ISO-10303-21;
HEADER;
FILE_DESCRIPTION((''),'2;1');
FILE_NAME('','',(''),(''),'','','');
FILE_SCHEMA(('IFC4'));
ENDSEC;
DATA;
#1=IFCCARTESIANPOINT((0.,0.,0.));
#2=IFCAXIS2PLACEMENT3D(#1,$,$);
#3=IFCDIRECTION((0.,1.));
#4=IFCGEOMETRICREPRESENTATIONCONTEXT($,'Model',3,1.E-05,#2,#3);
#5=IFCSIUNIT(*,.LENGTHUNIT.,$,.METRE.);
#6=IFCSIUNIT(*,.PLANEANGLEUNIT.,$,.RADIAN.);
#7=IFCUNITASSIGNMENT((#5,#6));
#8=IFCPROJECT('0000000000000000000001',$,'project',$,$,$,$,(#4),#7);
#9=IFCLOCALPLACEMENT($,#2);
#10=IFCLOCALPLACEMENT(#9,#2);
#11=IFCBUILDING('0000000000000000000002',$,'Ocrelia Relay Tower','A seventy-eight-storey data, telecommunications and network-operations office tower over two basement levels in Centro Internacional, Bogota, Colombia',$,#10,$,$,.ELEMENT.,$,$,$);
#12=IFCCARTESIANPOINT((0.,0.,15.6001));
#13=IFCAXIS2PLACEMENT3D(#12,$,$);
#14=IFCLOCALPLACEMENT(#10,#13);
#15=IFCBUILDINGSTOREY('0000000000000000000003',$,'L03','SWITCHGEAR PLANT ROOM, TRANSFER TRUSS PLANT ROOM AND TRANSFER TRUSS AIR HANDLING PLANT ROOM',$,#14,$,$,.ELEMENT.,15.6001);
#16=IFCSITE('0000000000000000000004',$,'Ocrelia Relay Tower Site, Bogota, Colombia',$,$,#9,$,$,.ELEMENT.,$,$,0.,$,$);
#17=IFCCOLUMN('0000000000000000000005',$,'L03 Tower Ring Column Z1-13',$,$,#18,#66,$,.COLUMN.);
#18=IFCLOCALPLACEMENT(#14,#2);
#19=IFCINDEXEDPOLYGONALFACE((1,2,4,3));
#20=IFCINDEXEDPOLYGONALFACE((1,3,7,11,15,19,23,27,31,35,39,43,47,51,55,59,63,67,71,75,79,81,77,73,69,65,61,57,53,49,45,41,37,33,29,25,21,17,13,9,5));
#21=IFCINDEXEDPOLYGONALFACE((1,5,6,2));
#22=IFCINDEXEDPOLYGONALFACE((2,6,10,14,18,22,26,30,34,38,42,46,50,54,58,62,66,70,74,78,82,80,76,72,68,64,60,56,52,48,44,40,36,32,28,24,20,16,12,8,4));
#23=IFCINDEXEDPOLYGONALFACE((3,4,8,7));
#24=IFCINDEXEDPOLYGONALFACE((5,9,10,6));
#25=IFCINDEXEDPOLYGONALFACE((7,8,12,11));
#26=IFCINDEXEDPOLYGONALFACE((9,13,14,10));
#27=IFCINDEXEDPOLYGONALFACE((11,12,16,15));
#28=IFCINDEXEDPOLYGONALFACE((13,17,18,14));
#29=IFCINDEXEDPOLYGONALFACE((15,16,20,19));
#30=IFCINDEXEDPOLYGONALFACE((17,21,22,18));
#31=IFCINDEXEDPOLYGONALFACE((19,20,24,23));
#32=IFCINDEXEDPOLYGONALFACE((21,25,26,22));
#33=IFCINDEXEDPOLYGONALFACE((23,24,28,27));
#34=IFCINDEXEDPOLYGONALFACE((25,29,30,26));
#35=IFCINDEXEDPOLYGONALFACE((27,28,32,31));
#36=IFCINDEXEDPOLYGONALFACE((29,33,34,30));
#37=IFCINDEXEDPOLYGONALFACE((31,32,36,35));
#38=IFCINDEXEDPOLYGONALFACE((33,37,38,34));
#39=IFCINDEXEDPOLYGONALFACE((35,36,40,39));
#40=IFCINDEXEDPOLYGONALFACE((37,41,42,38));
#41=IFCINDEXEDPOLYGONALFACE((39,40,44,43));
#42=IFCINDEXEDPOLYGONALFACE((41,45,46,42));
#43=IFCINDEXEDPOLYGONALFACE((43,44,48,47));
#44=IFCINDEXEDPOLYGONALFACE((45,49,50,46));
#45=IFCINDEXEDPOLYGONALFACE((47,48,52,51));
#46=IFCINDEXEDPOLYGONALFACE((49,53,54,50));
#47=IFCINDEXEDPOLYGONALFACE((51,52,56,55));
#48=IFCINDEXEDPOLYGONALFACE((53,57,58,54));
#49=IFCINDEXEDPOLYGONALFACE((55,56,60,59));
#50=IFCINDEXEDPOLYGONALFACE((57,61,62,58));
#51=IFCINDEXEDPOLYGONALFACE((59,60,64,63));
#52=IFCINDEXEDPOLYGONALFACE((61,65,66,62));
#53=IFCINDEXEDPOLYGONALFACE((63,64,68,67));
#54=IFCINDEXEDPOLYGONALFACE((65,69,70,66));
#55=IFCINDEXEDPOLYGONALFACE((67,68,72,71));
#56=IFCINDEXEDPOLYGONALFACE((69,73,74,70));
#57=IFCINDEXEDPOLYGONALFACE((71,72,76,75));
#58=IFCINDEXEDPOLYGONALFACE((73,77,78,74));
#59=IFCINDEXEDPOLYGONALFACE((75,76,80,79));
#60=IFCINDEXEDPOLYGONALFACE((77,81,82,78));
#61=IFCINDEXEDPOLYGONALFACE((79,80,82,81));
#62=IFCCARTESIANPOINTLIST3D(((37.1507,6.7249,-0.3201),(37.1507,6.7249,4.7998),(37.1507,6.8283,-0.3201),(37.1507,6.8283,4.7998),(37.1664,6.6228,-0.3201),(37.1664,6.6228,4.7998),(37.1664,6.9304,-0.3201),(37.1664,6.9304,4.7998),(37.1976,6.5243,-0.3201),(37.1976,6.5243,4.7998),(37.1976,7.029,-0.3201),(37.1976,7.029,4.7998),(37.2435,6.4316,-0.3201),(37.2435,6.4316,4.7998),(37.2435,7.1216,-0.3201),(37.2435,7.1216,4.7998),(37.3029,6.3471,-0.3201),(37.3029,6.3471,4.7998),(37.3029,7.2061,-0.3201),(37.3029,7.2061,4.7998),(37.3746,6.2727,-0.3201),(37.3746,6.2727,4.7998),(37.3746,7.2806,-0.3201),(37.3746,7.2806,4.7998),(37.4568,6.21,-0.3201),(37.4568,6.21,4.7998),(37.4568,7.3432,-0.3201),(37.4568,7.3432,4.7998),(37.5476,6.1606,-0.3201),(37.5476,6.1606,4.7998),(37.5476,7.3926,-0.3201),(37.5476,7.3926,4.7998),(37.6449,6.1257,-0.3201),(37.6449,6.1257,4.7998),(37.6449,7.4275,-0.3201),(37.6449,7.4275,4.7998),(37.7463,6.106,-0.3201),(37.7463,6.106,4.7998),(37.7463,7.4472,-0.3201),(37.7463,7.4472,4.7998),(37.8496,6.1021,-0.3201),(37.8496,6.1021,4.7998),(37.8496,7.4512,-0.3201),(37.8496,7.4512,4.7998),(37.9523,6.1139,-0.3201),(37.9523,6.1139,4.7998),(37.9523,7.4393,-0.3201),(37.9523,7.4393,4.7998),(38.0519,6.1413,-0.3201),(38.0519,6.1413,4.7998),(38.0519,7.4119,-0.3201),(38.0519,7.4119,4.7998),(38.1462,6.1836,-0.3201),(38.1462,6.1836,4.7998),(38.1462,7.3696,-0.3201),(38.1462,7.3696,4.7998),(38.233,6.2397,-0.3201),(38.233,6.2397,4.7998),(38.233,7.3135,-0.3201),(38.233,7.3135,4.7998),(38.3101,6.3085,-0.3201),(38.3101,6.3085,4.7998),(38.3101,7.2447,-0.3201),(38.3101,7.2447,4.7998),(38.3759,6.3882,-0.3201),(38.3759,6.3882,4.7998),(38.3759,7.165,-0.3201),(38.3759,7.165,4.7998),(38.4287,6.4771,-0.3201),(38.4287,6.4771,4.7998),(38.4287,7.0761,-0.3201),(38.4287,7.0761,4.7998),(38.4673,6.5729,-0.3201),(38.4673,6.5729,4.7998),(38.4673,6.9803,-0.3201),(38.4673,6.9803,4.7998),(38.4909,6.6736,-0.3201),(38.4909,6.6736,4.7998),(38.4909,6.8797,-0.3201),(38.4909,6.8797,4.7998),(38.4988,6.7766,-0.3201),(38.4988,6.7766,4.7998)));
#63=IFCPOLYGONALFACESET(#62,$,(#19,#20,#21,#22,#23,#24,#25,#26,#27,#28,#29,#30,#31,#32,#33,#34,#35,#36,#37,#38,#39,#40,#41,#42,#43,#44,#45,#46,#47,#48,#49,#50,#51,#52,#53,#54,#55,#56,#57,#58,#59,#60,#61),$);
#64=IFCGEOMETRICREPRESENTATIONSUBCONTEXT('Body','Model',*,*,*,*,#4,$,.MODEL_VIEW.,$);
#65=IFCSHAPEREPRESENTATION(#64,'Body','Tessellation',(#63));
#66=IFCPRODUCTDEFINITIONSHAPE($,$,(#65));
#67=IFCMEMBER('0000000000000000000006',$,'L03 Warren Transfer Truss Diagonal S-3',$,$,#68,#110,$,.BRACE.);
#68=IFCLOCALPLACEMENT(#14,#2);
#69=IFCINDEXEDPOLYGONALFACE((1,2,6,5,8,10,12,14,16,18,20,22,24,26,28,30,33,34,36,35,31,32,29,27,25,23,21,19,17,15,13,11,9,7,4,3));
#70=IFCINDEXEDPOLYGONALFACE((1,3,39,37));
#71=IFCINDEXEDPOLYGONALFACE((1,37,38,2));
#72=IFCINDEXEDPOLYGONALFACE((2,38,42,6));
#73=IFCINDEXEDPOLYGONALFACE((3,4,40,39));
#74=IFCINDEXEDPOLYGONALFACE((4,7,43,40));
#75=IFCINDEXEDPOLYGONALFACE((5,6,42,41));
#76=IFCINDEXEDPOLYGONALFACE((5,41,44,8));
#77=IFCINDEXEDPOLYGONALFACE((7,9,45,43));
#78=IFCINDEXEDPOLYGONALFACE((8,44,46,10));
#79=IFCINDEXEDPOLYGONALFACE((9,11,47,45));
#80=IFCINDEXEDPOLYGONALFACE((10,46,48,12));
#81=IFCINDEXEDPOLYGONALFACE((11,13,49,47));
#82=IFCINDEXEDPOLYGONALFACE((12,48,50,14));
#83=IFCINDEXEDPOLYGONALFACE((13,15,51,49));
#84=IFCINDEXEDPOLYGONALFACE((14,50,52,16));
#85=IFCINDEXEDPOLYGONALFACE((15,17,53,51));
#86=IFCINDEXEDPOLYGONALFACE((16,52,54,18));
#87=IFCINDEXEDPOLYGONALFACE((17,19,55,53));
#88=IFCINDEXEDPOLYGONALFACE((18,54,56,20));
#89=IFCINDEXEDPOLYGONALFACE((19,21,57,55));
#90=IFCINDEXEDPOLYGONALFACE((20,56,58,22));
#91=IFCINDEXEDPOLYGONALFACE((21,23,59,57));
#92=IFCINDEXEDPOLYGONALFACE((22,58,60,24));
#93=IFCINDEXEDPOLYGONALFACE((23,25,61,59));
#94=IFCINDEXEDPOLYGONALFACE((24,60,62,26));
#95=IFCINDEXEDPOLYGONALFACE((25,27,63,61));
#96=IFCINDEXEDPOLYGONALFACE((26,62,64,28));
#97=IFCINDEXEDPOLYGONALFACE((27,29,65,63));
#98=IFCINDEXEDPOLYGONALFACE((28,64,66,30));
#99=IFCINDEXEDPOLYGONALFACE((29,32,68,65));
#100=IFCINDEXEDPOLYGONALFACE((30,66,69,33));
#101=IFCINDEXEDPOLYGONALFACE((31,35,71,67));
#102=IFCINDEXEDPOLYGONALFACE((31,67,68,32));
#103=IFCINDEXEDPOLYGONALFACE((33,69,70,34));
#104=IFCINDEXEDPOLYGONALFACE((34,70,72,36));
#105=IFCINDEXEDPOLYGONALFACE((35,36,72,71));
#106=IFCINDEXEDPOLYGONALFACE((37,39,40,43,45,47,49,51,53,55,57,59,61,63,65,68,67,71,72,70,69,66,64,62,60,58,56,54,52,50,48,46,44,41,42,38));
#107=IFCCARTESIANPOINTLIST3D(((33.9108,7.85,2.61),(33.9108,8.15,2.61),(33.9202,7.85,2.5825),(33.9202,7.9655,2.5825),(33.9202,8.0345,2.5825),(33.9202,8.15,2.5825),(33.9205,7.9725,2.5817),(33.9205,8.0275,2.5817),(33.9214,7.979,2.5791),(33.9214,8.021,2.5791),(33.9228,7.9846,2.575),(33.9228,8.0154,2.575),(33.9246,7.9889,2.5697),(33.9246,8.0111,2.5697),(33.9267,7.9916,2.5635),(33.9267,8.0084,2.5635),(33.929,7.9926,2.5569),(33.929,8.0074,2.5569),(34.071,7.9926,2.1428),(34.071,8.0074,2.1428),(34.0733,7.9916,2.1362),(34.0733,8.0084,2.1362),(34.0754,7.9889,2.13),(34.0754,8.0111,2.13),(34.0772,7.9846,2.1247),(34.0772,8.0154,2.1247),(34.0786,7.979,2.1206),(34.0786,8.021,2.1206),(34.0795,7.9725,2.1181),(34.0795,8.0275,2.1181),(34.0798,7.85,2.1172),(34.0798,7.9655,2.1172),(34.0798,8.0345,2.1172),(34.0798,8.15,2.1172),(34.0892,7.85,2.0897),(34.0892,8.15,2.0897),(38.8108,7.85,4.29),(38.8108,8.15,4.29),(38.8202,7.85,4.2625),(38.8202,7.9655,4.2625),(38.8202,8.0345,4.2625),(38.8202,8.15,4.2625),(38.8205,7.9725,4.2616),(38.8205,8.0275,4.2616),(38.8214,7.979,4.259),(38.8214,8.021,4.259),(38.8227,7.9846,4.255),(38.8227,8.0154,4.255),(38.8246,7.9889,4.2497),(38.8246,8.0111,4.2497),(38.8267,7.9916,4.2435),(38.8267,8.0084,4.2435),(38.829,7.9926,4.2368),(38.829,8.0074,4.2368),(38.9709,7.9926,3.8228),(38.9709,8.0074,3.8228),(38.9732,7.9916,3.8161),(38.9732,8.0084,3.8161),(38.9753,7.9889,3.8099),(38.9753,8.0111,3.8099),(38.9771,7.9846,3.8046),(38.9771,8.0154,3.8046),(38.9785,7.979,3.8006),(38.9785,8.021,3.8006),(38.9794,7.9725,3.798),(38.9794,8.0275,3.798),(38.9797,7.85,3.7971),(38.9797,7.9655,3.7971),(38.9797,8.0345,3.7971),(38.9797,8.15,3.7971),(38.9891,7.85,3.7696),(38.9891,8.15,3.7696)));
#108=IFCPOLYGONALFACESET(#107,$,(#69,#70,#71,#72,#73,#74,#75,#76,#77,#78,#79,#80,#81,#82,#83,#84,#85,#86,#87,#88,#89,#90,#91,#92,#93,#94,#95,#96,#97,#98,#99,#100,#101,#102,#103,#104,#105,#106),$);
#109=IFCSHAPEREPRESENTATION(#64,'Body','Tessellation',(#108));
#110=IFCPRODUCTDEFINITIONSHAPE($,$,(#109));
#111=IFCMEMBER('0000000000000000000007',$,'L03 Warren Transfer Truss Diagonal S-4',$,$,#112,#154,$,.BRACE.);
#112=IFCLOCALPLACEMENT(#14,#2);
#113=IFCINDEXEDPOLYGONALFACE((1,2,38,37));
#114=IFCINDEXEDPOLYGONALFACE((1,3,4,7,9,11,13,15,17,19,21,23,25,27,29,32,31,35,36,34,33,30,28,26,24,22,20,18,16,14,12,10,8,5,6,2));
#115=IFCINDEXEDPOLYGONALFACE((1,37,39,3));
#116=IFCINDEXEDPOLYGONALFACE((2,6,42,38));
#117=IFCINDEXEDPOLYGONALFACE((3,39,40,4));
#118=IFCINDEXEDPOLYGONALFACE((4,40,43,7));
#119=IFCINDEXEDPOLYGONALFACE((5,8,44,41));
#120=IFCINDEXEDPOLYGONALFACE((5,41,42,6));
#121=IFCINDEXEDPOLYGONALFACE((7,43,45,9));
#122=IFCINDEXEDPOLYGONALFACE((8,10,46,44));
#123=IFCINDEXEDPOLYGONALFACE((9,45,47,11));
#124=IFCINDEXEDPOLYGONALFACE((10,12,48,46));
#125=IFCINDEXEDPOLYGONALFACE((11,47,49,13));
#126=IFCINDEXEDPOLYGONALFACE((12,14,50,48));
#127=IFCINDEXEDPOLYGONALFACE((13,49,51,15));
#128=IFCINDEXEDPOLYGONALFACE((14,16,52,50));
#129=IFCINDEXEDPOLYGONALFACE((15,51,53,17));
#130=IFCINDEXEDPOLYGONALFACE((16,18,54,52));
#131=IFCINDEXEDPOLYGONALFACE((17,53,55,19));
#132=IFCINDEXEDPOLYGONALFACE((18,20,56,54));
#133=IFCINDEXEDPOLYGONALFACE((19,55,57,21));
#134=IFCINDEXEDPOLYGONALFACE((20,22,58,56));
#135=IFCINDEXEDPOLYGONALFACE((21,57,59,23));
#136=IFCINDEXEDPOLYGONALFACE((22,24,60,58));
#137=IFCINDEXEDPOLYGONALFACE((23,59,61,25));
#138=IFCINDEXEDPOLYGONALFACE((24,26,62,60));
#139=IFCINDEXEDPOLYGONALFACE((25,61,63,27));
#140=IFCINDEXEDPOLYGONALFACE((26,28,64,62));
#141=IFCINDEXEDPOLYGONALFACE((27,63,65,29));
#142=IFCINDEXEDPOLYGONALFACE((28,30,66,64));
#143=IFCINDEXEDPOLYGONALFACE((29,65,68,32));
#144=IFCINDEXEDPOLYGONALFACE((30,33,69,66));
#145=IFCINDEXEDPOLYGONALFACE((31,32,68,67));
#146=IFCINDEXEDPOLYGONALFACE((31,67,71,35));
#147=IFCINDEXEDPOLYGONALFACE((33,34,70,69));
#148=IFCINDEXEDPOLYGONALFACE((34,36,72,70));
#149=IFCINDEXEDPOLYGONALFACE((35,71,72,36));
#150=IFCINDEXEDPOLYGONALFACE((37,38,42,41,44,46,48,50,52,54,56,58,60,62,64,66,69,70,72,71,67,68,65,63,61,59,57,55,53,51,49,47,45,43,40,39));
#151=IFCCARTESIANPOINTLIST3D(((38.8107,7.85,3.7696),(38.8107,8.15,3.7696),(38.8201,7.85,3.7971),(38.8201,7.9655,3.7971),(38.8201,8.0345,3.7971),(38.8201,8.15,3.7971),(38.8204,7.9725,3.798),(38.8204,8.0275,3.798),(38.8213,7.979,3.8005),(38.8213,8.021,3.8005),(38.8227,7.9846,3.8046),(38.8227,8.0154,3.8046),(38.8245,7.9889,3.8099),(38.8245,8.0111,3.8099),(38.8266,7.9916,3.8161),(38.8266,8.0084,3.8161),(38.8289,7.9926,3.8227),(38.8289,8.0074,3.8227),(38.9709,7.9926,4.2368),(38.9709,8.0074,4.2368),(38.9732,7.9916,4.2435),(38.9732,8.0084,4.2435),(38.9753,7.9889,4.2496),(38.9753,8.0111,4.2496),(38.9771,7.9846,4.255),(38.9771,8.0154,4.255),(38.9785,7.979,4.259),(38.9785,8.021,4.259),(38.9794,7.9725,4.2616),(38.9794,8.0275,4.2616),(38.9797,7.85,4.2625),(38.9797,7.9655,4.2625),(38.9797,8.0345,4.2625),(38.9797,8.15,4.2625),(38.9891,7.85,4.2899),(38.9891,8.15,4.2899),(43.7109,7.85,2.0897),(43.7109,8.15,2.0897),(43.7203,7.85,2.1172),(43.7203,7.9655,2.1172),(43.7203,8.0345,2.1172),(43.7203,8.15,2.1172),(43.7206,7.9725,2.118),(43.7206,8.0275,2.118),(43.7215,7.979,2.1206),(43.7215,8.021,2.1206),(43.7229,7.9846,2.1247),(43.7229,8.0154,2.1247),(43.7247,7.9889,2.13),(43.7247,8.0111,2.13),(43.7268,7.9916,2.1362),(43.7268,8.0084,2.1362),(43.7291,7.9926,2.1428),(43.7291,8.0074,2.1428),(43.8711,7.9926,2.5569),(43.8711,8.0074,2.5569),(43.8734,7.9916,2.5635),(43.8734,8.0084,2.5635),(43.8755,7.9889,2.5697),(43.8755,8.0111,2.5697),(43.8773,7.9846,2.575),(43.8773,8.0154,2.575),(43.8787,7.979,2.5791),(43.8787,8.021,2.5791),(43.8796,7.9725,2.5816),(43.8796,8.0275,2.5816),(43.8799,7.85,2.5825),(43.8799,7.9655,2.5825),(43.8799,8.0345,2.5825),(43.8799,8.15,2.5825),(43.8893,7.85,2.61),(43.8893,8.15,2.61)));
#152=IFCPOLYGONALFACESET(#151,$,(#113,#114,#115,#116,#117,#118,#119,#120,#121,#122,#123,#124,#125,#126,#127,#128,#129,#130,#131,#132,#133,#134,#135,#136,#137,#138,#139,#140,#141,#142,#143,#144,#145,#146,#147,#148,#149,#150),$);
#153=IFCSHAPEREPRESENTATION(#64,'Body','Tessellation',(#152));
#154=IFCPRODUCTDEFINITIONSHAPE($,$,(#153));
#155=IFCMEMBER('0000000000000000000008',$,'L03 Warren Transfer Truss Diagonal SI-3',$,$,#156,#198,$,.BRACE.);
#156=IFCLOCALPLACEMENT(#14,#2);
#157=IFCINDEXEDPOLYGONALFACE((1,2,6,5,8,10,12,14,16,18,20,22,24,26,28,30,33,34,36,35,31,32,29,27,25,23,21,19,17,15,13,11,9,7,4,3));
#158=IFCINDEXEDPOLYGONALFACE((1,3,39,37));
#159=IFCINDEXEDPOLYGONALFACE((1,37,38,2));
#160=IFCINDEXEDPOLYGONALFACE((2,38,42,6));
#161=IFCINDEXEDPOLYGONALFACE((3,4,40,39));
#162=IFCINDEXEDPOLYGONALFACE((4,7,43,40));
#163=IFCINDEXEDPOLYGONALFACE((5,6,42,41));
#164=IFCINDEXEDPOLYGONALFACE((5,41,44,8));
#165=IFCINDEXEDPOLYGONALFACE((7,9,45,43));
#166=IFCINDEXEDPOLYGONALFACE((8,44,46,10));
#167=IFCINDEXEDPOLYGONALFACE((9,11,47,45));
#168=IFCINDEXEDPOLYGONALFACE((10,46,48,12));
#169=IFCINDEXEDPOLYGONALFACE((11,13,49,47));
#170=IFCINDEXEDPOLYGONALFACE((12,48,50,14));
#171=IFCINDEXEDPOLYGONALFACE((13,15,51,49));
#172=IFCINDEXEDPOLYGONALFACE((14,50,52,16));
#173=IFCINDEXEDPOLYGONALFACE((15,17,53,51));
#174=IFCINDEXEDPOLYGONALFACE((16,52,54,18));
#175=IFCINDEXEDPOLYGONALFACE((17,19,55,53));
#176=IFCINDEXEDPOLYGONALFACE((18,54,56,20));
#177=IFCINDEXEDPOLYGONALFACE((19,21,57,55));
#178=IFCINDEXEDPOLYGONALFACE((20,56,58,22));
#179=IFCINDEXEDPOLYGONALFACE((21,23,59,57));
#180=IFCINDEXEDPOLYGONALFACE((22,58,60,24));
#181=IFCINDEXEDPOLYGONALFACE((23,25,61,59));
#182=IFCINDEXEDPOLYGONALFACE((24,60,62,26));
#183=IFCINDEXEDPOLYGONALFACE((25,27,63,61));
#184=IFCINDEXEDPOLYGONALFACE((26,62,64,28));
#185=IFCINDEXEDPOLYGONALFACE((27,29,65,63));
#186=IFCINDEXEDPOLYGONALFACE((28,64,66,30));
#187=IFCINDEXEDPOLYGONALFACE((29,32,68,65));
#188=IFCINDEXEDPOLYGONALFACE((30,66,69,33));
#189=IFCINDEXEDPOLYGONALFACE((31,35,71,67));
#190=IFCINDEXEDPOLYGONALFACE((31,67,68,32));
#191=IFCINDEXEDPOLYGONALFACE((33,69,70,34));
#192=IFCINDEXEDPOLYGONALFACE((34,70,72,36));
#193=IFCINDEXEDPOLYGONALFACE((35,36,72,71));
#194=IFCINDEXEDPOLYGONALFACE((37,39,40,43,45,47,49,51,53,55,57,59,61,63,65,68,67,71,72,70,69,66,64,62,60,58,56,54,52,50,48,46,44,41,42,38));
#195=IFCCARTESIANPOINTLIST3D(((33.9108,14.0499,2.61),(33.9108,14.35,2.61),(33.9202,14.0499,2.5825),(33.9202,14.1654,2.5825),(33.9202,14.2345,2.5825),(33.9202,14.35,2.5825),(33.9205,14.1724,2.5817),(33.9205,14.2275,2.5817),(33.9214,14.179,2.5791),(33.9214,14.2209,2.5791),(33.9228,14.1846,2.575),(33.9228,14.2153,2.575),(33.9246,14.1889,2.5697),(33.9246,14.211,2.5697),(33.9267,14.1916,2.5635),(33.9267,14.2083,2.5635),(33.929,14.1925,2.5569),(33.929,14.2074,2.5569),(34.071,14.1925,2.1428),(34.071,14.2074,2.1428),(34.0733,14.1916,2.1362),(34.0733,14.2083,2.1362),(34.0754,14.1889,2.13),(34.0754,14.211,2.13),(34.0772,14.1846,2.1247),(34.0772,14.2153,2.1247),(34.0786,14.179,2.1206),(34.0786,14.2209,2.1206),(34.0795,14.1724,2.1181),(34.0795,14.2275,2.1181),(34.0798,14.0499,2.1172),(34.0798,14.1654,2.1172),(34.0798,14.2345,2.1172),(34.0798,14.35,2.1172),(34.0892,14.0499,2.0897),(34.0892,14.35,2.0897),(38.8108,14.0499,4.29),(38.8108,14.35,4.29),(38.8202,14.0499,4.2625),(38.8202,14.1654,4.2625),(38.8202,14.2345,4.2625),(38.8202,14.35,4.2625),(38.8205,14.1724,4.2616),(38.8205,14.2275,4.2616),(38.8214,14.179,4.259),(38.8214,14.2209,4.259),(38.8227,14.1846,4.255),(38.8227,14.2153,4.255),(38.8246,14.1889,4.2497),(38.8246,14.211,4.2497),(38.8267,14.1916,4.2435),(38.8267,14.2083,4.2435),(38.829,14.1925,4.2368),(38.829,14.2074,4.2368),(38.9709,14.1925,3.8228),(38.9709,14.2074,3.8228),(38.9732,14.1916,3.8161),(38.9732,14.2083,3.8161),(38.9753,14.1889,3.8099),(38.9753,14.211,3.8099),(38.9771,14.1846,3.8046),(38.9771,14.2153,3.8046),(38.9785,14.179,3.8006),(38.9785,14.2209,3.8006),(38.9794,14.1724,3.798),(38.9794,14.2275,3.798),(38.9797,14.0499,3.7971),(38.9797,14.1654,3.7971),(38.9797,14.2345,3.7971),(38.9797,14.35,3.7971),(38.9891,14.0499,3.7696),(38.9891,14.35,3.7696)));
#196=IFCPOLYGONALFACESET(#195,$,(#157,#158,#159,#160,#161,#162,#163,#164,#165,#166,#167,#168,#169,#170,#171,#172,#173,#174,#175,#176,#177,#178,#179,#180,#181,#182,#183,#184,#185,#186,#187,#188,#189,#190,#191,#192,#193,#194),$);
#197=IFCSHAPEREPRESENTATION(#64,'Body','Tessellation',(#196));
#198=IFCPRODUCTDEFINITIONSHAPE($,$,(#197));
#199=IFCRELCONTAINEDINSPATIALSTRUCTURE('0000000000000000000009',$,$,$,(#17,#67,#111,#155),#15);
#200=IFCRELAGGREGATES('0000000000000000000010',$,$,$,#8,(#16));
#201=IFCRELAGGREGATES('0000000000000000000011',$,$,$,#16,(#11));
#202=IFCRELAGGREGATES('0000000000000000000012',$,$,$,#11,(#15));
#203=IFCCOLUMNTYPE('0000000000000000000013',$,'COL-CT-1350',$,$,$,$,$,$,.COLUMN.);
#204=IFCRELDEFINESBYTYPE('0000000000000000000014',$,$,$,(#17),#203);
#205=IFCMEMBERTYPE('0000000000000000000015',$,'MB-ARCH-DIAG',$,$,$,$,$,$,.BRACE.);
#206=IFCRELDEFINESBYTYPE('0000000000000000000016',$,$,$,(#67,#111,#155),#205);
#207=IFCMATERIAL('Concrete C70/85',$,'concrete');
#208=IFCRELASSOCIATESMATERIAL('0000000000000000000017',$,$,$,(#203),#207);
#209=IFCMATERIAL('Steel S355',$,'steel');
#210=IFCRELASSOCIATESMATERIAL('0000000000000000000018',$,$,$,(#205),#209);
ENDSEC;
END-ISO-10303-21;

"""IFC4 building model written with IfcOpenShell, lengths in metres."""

from ifc_helpers import new_model, si_unit, direction, frame, origin, origin_2d, place, context, subcontext, project, spatial, circle, i_section, extrude, material, material_profile, profile_set, type_object, element, save


model = new_model("IFC4")

# Units and contexts
model_context = context("Model", 3, precision=1e-05, world=origin(), true_north=direction((0.0, 1.0)))
body_context = subcontext(model_context, "Body", "Model", "MODEL_VIEW")
ifc_project = project(units=[si_unit("LENGTHUNIT", "METRE"), si_unit("PLANEANGLEUNIT", "RADIAN")], contexts=[model_context])

# Site, building, storey
site_placement = place(None, origin())
site = spatial("IfcSite", under=ifc_project, at=site_placement, Name="Ocrelia Relay Tower Site, Bogota, Colombia", CompositionType="ELEMENT", RefElevation=0.0)
building_placement = place(site_placement, origin())
building = spatial("IfcBuilding", under=site, at=building_placement, Name="Ocrelia Relay Tower", Description="A seventy-eight-storey data, telecommunications and network-operations office tower over two basement levels in Centro Internacional, Bogota, Colombia", CompositionType="ELEMENT")
storey_placement = place(building_placement, frame((0.0, 0.0, 15.6001)))
storey = spatial("IfcBuildingStorey", under=building, at=storey_placement, Name="L03", Description="SWITCHGEAR PLANT ROOM, TRANSFER TRUSS PLANT ROOM AND TRANSFER TRUSS AIR HANDLING PLANT ROOM", CompositionType="ELEMENT", Elevation=15.6001)

# Column
ifc_material_1 = material(Name="Concrete C70/85", Category="concrete")
ifc_material_profile_1 = material_profile(ifc_material_1, circle(Radius=0.675, at=origin_2d()), Name="RC-CIR-1350")
ifc_profile_set_1 = profile_set([ifc_material_profile_1], Name="Concrete C70/85")
column_type = type_object("IfcColumnType", Name="COL-CT-1350", PredefinedType="COLUMN", material=ifc_profile_set_1)
column_placement = place(storey_placement, frame((37.8237, 6.7766, -0.3201), z_axis=(0.0, 0.0, 1.0), x_axis=(1.0, 0.0, 0.0)))
element("IfcColumn", 1, at=column_placement, inside=storey, type_object=column_type, Name="L03 Tower Ring Column Z1-13", PredefinedType="COLUMN", context=body_context, shape_type="SweptSolid", body=[
    extrude(circle(Radius=0.675, at=origin_2d()), origin(), (0.0, 0.0, 1.0), 5.1199),
])

# Members
ifc_material_2 = material(Name="Steel S355", Category="steel")
ifc_material_profile_2 = material_profile(ifc_material_2, i_section(OverallWidth=0.3, OverallDepth=0.55, WebThickness=0.0149, FlangeThickness=0.0291, FilletRadius=0.0271, at=origin_2d()), Name="HEB 550")
ifc_profile_set_2 = profile_set([ifc_material_profile_2], Name="Steel S355")
member_type = type_object("IfcMemberType", Name="MB-ARCH-DIAG", PredefinedType="BRACE", material=ifc_profile_set_2)
member_1_placement = place(storey_placement, frame((34.0, 8.0, 2.3499), z_axis=(0.945948, 0.0, 0.324318), x_axis=(0.0, 1.0, 0.0)))
element("IfcMember", 2, at=member_1_placement, inside=storey, type_object=member_type, Name="L03 Warren Transfer Truss Diagonal S-3", PredefinedType="BRACE", context=body_context, shape_type="SweptSolid", body=[
    extrude(i_section(OverallWidth=0.3, OverallDepth=0.55, WebThickness=0.0149, FlangeThickness=0.0291, FilletRadius=0.0271, at=origin_2d()), origin(), (0.0, 0.0, 1.0), 5.1799),
])
member_2_placement = place(storey_placement, frame((38.8999, 8.0, 4.0298), z_axis=(0.945953, 0.0, -0.324304), x_axis=(0.0, 1.0, 0.0)))
element("IfcMember", 3, at=member_2_placement, inside=storey, type_object=member_type, Name="L03 Warren Transfer Truss Diagonal S-4", PredefinedType="BRACE", context=body_context, shape_type="SweptSolid", body=[
    extrude(i_section(OverallWidth=0.3, OverallDepth=0.55, WebThickness=0.0149, FlangeThickness=0.0291, FilletRadius=0.0271, at=origin_2d()), origin(), (0.0, 0.0, 1.0), 5.1802),
])
member_3_placement = place(storey_placement, frame((34.0, 14.2, 2.3499), z_axis=(0.945948, 0.0, 0.324318), x_axis=(0.0, 1.0, 0.0)))
element("IfcMember", 4, at=member_3_placement, inside=storey, type_object=member_type, Name="L03 Warren Transfer Truss Diagonal SI-3", PredefinedType="BRACE", context=body_context, shape_type="SweptSolid", body=[
    extrude(i_section(OverallWidth=0.3, OverallDepth=0.55, WebThickness=0.0149, FlangeThickness=0.0291, FilletRadius=0.0271, at=origin_2d()), origin(), (0.0, 0.0, 1.0), 5.1799),
])

save(model, "model.ifc")
